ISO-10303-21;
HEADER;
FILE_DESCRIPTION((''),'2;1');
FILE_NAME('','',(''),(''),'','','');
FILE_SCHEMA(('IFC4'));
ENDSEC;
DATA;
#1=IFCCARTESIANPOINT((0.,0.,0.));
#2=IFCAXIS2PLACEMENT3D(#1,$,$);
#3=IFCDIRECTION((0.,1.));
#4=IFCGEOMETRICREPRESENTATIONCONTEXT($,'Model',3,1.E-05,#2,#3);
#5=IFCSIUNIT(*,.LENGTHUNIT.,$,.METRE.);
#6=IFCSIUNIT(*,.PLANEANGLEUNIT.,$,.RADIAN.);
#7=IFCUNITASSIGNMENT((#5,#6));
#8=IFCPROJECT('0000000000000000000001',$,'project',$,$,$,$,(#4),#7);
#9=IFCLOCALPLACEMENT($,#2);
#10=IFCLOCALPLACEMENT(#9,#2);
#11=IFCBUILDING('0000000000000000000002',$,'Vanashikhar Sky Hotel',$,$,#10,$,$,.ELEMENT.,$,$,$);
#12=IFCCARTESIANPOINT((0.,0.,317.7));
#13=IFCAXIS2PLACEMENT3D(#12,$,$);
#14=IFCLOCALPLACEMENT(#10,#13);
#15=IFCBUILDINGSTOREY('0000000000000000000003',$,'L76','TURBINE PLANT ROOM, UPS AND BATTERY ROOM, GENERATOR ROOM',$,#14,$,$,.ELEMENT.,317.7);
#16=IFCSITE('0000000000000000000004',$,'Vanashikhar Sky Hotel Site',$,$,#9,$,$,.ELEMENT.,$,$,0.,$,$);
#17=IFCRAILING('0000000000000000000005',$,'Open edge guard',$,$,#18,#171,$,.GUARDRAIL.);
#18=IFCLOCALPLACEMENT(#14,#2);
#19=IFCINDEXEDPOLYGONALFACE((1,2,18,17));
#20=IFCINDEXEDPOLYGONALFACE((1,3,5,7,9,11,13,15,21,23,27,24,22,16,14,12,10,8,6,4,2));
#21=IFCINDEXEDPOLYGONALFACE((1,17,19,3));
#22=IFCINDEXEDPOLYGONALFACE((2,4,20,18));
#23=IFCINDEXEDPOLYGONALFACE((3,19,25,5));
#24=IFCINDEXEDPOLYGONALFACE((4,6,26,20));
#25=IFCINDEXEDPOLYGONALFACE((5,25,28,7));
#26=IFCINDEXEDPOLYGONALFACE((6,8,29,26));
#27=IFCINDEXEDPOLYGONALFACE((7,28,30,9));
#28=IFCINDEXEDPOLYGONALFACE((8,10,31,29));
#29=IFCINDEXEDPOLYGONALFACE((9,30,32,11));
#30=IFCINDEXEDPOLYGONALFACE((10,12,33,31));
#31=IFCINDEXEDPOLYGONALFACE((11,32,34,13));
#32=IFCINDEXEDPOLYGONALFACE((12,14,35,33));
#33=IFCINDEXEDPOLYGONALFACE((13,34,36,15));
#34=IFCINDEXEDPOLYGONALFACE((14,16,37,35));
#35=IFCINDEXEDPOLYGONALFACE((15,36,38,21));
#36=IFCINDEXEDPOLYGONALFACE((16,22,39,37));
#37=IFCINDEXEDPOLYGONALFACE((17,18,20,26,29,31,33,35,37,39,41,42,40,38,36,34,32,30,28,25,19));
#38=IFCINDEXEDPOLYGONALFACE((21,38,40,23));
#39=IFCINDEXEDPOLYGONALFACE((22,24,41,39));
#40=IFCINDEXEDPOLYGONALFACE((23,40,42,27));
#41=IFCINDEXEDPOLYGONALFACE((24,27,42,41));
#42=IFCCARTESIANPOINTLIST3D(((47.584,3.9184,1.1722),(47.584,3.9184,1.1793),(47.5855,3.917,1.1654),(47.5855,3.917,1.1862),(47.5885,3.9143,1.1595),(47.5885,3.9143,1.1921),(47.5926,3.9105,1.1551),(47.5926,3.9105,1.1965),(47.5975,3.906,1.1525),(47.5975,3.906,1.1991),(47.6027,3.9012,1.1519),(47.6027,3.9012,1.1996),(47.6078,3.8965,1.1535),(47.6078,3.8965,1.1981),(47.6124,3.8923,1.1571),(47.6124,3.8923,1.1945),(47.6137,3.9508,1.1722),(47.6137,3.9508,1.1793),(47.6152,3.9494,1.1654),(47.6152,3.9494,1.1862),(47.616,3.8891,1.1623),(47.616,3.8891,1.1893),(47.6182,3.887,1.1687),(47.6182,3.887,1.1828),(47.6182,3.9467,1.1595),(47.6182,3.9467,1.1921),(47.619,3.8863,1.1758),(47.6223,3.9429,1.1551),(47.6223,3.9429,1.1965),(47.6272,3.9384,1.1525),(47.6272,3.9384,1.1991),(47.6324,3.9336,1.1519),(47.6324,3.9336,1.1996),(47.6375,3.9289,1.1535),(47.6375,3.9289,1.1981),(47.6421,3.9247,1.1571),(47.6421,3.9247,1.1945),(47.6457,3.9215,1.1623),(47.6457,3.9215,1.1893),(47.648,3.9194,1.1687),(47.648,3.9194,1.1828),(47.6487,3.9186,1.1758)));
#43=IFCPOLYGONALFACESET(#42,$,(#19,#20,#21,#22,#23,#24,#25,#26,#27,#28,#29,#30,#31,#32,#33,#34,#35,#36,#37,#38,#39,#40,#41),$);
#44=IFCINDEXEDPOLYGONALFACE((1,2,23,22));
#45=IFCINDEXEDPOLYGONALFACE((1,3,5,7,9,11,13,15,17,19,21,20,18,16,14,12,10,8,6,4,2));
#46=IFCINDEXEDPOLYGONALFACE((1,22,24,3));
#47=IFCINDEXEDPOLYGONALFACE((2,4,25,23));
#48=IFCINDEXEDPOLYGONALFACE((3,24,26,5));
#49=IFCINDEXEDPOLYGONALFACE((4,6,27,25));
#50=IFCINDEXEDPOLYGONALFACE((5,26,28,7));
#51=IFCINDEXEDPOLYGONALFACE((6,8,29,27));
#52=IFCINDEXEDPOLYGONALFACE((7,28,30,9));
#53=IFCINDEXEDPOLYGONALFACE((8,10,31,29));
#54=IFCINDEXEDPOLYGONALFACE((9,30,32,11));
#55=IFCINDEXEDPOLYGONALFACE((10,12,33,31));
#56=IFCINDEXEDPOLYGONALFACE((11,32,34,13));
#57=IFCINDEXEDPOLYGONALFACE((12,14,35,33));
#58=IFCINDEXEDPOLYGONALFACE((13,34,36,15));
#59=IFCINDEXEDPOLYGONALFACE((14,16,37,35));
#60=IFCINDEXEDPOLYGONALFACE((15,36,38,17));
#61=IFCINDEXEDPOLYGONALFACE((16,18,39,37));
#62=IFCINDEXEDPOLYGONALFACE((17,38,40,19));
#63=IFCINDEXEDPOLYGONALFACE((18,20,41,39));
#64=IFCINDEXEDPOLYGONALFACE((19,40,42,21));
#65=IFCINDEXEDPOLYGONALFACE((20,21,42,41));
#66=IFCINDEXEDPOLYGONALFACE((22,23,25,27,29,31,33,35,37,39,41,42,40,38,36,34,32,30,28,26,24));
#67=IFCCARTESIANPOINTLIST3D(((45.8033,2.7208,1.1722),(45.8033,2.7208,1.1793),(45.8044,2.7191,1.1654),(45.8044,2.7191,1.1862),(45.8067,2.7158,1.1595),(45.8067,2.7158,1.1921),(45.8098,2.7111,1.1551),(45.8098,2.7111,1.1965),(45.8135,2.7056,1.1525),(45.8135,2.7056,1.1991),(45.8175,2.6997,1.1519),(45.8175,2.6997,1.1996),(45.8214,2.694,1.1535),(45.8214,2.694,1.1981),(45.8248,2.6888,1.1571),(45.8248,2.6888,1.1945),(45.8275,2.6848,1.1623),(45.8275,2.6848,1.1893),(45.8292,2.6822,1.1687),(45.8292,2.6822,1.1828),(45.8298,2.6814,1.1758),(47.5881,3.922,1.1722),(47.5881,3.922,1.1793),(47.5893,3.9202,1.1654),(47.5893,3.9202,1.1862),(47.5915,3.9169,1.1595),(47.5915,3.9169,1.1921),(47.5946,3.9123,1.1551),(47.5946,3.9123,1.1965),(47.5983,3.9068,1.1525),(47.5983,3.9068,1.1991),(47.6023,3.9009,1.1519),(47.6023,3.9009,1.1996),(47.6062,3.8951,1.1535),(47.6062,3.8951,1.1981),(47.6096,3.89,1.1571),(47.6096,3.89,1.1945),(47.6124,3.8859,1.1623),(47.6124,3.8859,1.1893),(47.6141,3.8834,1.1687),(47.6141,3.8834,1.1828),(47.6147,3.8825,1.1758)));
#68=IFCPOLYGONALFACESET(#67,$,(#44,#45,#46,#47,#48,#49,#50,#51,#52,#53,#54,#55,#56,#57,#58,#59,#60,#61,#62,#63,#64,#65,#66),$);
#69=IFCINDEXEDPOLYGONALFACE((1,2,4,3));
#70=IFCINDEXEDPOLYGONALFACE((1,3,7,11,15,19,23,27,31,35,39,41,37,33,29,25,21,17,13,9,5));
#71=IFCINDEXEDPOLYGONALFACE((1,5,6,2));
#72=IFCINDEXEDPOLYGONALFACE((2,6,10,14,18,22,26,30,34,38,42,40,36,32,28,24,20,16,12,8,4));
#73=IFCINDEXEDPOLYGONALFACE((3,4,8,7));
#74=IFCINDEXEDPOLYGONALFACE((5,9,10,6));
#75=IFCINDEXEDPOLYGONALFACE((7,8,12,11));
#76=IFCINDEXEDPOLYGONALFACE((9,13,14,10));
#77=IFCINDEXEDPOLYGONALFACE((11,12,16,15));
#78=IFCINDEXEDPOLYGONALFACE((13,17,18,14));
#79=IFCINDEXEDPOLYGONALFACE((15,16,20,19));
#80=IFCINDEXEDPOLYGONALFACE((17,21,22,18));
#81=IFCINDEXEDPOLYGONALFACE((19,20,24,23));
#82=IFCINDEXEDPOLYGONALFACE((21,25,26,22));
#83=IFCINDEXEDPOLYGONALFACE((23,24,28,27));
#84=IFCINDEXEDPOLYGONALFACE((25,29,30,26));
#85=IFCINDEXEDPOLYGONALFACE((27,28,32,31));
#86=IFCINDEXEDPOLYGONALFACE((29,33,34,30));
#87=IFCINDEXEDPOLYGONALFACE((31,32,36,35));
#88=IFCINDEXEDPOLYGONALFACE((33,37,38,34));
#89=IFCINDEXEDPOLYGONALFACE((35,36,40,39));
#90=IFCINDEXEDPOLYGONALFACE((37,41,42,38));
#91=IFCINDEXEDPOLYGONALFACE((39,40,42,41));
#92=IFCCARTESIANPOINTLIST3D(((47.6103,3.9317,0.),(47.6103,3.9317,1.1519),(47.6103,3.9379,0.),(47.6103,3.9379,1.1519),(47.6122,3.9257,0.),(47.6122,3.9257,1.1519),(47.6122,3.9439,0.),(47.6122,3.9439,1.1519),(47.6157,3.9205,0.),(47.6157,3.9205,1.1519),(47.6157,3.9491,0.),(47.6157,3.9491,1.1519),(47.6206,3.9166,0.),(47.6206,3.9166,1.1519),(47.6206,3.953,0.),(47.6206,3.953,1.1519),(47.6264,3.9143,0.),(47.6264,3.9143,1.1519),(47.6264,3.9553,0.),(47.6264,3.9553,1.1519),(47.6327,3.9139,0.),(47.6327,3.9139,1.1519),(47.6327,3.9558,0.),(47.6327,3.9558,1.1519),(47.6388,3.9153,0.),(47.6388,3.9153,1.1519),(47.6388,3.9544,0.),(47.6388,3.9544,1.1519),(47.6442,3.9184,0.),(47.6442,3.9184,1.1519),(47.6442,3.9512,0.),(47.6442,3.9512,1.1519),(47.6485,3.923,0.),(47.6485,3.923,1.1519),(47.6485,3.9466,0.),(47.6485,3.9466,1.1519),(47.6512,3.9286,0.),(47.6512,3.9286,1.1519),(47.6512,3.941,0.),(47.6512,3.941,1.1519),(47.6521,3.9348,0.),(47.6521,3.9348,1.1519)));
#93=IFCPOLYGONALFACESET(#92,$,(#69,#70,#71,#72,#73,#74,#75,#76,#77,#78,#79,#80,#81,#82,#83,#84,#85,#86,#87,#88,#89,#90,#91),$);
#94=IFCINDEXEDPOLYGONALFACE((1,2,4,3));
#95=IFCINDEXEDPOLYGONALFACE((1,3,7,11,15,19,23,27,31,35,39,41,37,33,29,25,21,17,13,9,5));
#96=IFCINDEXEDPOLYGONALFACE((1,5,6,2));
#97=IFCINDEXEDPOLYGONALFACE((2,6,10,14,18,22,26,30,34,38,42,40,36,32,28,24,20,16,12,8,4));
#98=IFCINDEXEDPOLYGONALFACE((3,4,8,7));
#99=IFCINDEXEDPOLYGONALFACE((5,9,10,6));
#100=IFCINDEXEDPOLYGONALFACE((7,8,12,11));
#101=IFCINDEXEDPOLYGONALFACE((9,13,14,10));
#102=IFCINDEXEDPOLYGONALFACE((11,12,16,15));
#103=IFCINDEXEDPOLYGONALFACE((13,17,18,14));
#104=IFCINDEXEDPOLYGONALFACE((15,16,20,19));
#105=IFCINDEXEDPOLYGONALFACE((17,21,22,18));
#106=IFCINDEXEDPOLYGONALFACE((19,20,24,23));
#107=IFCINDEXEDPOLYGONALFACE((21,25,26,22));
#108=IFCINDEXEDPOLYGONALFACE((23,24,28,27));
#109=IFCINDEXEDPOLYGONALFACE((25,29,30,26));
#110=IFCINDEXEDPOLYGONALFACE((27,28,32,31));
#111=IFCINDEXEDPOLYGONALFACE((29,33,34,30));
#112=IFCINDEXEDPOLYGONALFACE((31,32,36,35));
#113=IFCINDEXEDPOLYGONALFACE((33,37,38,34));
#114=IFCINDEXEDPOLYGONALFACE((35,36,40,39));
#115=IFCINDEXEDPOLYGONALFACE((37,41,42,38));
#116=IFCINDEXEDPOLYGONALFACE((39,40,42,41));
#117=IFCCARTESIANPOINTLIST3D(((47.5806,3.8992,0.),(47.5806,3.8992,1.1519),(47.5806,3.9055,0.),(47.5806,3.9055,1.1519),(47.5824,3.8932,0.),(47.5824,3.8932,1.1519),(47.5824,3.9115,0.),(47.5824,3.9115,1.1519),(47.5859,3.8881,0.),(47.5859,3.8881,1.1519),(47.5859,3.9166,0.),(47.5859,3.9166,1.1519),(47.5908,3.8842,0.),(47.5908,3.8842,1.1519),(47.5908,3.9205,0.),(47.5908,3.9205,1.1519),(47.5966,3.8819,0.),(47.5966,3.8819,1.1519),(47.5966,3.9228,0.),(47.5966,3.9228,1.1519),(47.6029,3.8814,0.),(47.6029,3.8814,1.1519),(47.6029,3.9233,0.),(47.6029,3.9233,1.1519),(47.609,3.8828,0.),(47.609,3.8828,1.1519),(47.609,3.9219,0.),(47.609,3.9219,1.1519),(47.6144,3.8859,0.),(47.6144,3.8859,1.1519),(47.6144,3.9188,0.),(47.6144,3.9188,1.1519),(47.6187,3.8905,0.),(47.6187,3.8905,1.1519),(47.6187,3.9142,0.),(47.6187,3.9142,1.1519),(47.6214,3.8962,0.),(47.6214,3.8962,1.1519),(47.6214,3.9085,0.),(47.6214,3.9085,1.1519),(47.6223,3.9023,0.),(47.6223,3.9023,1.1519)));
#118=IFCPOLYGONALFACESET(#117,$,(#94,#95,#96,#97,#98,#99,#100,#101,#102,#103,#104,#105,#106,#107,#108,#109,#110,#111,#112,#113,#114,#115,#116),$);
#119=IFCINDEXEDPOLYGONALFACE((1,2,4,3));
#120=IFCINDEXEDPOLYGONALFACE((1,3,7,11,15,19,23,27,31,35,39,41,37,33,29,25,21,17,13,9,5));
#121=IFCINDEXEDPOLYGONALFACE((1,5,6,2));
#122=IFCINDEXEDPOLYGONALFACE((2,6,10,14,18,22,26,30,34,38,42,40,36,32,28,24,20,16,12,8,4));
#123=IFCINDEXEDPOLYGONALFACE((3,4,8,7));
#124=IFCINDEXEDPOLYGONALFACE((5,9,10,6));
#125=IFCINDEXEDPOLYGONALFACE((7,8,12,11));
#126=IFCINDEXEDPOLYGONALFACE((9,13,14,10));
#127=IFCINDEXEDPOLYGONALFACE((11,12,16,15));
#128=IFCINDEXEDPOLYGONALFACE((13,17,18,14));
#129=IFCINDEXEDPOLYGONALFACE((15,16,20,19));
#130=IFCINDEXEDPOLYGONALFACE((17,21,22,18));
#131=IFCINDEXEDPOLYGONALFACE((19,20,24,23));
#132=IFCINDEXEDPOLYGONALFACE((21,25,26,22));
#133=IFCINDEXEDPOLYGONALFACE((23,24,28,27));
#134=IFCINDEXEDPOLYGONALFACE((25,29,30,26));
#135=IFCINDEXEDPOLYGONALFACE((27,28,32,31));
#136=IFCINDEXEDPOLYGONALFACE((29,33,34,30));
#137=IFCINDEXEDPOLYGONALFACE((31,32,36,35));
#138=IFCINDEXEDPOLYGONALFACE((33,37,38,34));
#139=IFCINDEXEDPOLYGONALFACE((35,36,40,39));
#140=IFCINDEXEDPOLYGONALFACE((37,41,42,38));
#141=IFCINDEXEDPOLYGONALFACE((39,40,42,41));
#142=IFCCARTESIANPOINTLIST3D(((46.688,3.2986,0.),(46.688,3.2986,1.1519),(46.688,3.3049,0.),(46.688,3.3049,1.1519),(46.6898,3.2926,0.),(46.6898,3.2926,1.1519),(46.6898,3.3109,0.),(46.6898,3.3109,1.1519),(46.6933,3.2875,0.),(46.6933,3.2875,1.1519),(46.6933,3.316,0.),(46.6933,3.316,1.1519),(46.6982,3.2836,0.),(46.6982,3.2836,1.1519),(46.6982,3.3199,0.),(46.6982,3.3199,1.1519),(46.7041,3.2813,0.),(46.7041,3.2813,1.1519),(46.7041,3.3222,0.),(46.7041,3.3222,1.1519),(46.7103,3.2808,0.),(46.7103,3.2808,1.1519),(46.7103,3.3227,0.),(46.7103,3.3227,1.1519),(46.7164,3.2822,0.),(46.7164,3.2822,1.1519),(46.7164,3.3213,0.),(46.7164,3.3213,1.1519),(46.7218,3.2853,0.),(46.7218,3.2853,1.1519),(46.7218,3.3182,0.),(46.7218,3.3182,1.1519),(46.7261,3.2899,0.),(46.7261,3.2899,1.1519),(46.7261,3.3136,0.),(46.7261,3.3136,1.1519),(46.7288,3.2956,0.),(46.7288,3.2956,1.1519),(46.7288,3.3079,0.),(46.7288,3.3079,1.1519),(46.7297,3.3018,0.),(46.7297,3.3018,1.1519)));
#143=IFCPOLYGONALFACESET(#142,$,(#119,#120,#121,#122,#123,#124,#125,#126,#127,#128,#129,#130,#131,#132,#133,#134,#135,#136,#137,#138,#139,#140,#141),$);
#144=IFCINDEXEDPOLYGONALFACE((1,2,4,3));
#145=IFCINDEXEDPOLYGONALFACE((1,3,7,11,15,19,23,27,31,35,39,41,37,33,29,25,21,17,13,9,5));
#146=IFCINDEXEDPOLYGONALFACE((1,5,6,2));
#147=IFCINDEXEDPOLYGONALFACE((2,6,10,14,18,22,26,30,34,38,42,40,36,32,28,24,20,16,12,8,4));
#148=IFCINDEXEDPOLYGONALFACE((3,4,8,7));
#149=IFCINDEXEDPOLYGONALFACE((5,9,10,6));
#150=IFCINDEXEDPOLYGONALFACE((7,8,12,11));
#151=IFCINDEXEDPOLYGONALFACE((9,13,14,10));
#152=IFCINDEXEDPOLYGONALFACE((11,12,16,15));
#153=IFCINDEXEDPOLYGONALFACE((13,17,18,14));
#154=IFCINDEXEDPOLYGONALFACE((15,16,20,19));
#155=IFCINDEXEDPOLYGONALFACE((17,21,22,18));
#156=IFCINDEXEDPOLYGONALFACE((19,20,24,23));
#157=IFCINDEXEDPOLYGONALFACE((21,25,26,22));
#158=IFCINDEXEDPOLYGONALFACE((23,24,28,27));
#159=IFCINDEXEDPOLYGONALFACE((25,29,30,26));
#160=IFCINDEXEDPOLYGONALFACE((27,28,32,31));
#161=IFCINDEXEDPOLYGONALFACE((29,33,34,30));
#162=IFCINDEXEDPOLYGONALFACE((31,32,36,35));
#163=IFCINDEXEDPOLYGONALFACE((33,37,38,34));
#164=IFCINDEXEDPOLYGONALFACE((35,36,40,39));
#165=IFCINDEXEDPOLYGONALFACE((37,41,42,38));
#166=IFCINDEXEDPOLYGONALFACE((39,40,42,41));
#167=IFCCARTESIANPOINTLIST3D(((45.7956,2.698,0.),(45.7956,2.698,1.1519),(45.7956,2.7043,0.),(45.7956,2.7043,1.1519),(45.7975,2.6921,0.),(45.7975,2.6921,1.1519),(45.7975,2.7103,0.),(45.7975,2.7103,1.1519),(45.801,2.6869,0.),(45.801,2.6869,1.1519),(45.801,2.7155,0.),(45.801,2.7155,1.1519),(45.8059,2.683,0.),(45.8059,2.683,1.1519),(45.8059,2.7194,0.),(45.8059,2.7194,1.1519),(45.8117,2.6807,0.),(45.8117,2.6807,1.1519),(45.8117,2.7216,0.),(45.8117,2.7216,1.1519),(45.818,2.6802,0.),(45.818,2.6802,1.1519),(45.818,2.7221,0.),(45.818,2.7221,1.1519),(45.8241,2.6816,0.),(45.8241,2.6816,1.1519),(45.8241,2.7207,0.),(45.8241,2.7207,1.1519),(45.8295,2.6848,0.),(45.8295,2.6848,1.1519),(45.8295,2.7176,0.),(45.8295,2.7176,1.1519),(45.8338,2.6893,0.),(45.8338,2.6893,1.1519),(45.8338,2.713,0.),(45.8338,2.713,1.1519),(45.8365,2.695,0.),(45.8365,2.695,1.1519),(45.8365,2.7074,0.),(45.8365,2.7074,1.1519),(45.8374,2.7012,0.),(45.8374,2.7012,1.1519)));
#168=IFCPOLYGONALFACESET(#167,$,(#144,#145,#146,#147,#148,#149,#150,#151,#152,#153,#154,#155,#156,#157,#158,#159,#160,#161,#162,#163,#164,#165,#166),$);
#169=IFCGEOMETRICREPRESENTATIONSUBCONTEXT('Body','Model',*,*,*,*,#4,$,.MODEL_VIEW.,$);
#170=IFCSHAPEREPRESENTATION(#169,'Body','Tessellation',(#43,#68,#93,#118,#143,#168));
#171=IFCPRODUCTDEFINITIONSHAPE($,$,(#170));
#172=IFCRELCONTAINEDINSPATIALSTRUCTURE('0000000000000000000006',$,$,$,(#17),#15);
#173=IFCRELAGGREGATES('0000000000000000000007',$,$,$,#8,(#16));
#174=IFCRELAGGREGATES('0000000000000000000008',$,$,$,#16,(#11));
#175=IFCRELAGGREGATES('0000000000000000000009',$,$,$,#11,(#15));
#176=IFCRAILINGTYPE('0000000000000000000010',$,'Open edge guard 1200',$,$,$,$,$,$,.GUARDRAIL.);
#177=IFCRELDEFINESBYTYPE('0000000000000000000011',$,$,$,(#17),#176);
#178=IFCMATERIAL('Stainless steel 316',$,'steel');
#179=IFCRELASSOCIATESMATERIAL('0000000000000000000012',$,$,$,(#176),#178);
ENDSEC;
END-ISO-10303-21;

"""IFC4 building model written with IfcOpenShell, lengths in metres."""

from ifc_helpers import new_model, si_unit, direction, frame, origin, origin_2d, place, context, subcontext, project, spatial, circle, extrude, source, transform, mapped, material, type_object, element, save


model = new_model("IFC4")

# Units and contexts
model_context = context("Model", 3, precision=1e-05, world=origin(), true_north=direction((0.0, 1.0)))
body_context = subcontext(model_context, "Body", "Model", "MODEL_VIEW")
ifc_project = project(units=[si_unit("LENGTHUNIT", "METRE"), si_unit("PLANEANGLEUNIT", "RADIAN")], contexts=[model_context])

# Site, building, storey
site_placement = place(None, origin())
site = spatial("IfcSite", under=ifc_project, at=site_placement, Name="Vanashikhar Sky Hotel Site", CompositionType="ELEMENT", RefElevation=0.0)
building_placement = place(site_placement, origin())
building = spatial("IfcBuilding", under=site, at=building_placement, Name="Vanashikhar Sky Hotel", CompositionType="ELEMENT")
storey_placement = place(building_placement, frame((0.0, 0.0, 317.7)))
storey = spatial("IfcBuildingStorey", under=building, at=storey_placement, Name="L76", Description="TURBINE PLANT ROOM, UPS AND BATTERY ROOM, GENERATOR ROOM", CompositionType="ELEMENT", Elevation=317.7)

# Railing
ifc_material_1 = material(Name="Stainless steel 316", Category="steel")
railing_type = type_object("IfcRailingType", Name="Open edge guard 1200", PredefinedType="GUARDRAIL", material=ifc_material_1)
shared_shape_1 = source(origin(), body_context, "Body", "SweptSolid", [
    extrude(circle(Radius=0.0239, at=origin_2d()), frame((0.0, 0.0, 1.1758), z_axis=(-0.675975, -0.736924, 0.0), x_axis=(0.736924, -0.675975, 0.0)), (0.0, 0.0, 1.0), 0.0439),
    extrude(circle(Radius=0.0239, at=origin_2d()), frame((-0.0298, -0.0325, 1.1758), z_axis=(-0.829633, -0.558309, 0.0), x_axis=(0.558309, -0.829633, 0.0)), (0.0, 0.0, 1.0), 2.1514),
    extrude(circle(Radius=0.021, at=origin_2d()), origin(), (0.0, 0.0, 1.0), 1.1519),
    extrude(circle(Radius=0.021, at=origin_2d()), frame((-0.0298, -0.0325, 0.0)), (0.0, 0.0, 1.0), 1.1519),
    extrude(circle(Radius=0.021, at=origin_2d()), frame((-0.9224, -0.6331, 0.0)), (0.0, 0.0, 1.0), 1.1519),
    extrude(circle(Radius=0.021, at=origin_2d()), frame((-1.8147, -1.2336, 0.0)), (0.0, 0.0, 1.0), 1.1519),
])
railing_1_placement = place(storey_placement, frame((47.6311, 3.9348, 0.0)))
element("IfcRailing", 1, at=railing_1_placement, inside=storey, type_object=railing_type, Name="Open edge guard", PredefinedType="GUARDRAIL", context=body_context, shape_type="MappedRepresentation", body=[
    mapped(shared_shape_1, transform((0.0, 0.0, 0.0), scale=1.0)),
])

save(model, "model.ifc")
